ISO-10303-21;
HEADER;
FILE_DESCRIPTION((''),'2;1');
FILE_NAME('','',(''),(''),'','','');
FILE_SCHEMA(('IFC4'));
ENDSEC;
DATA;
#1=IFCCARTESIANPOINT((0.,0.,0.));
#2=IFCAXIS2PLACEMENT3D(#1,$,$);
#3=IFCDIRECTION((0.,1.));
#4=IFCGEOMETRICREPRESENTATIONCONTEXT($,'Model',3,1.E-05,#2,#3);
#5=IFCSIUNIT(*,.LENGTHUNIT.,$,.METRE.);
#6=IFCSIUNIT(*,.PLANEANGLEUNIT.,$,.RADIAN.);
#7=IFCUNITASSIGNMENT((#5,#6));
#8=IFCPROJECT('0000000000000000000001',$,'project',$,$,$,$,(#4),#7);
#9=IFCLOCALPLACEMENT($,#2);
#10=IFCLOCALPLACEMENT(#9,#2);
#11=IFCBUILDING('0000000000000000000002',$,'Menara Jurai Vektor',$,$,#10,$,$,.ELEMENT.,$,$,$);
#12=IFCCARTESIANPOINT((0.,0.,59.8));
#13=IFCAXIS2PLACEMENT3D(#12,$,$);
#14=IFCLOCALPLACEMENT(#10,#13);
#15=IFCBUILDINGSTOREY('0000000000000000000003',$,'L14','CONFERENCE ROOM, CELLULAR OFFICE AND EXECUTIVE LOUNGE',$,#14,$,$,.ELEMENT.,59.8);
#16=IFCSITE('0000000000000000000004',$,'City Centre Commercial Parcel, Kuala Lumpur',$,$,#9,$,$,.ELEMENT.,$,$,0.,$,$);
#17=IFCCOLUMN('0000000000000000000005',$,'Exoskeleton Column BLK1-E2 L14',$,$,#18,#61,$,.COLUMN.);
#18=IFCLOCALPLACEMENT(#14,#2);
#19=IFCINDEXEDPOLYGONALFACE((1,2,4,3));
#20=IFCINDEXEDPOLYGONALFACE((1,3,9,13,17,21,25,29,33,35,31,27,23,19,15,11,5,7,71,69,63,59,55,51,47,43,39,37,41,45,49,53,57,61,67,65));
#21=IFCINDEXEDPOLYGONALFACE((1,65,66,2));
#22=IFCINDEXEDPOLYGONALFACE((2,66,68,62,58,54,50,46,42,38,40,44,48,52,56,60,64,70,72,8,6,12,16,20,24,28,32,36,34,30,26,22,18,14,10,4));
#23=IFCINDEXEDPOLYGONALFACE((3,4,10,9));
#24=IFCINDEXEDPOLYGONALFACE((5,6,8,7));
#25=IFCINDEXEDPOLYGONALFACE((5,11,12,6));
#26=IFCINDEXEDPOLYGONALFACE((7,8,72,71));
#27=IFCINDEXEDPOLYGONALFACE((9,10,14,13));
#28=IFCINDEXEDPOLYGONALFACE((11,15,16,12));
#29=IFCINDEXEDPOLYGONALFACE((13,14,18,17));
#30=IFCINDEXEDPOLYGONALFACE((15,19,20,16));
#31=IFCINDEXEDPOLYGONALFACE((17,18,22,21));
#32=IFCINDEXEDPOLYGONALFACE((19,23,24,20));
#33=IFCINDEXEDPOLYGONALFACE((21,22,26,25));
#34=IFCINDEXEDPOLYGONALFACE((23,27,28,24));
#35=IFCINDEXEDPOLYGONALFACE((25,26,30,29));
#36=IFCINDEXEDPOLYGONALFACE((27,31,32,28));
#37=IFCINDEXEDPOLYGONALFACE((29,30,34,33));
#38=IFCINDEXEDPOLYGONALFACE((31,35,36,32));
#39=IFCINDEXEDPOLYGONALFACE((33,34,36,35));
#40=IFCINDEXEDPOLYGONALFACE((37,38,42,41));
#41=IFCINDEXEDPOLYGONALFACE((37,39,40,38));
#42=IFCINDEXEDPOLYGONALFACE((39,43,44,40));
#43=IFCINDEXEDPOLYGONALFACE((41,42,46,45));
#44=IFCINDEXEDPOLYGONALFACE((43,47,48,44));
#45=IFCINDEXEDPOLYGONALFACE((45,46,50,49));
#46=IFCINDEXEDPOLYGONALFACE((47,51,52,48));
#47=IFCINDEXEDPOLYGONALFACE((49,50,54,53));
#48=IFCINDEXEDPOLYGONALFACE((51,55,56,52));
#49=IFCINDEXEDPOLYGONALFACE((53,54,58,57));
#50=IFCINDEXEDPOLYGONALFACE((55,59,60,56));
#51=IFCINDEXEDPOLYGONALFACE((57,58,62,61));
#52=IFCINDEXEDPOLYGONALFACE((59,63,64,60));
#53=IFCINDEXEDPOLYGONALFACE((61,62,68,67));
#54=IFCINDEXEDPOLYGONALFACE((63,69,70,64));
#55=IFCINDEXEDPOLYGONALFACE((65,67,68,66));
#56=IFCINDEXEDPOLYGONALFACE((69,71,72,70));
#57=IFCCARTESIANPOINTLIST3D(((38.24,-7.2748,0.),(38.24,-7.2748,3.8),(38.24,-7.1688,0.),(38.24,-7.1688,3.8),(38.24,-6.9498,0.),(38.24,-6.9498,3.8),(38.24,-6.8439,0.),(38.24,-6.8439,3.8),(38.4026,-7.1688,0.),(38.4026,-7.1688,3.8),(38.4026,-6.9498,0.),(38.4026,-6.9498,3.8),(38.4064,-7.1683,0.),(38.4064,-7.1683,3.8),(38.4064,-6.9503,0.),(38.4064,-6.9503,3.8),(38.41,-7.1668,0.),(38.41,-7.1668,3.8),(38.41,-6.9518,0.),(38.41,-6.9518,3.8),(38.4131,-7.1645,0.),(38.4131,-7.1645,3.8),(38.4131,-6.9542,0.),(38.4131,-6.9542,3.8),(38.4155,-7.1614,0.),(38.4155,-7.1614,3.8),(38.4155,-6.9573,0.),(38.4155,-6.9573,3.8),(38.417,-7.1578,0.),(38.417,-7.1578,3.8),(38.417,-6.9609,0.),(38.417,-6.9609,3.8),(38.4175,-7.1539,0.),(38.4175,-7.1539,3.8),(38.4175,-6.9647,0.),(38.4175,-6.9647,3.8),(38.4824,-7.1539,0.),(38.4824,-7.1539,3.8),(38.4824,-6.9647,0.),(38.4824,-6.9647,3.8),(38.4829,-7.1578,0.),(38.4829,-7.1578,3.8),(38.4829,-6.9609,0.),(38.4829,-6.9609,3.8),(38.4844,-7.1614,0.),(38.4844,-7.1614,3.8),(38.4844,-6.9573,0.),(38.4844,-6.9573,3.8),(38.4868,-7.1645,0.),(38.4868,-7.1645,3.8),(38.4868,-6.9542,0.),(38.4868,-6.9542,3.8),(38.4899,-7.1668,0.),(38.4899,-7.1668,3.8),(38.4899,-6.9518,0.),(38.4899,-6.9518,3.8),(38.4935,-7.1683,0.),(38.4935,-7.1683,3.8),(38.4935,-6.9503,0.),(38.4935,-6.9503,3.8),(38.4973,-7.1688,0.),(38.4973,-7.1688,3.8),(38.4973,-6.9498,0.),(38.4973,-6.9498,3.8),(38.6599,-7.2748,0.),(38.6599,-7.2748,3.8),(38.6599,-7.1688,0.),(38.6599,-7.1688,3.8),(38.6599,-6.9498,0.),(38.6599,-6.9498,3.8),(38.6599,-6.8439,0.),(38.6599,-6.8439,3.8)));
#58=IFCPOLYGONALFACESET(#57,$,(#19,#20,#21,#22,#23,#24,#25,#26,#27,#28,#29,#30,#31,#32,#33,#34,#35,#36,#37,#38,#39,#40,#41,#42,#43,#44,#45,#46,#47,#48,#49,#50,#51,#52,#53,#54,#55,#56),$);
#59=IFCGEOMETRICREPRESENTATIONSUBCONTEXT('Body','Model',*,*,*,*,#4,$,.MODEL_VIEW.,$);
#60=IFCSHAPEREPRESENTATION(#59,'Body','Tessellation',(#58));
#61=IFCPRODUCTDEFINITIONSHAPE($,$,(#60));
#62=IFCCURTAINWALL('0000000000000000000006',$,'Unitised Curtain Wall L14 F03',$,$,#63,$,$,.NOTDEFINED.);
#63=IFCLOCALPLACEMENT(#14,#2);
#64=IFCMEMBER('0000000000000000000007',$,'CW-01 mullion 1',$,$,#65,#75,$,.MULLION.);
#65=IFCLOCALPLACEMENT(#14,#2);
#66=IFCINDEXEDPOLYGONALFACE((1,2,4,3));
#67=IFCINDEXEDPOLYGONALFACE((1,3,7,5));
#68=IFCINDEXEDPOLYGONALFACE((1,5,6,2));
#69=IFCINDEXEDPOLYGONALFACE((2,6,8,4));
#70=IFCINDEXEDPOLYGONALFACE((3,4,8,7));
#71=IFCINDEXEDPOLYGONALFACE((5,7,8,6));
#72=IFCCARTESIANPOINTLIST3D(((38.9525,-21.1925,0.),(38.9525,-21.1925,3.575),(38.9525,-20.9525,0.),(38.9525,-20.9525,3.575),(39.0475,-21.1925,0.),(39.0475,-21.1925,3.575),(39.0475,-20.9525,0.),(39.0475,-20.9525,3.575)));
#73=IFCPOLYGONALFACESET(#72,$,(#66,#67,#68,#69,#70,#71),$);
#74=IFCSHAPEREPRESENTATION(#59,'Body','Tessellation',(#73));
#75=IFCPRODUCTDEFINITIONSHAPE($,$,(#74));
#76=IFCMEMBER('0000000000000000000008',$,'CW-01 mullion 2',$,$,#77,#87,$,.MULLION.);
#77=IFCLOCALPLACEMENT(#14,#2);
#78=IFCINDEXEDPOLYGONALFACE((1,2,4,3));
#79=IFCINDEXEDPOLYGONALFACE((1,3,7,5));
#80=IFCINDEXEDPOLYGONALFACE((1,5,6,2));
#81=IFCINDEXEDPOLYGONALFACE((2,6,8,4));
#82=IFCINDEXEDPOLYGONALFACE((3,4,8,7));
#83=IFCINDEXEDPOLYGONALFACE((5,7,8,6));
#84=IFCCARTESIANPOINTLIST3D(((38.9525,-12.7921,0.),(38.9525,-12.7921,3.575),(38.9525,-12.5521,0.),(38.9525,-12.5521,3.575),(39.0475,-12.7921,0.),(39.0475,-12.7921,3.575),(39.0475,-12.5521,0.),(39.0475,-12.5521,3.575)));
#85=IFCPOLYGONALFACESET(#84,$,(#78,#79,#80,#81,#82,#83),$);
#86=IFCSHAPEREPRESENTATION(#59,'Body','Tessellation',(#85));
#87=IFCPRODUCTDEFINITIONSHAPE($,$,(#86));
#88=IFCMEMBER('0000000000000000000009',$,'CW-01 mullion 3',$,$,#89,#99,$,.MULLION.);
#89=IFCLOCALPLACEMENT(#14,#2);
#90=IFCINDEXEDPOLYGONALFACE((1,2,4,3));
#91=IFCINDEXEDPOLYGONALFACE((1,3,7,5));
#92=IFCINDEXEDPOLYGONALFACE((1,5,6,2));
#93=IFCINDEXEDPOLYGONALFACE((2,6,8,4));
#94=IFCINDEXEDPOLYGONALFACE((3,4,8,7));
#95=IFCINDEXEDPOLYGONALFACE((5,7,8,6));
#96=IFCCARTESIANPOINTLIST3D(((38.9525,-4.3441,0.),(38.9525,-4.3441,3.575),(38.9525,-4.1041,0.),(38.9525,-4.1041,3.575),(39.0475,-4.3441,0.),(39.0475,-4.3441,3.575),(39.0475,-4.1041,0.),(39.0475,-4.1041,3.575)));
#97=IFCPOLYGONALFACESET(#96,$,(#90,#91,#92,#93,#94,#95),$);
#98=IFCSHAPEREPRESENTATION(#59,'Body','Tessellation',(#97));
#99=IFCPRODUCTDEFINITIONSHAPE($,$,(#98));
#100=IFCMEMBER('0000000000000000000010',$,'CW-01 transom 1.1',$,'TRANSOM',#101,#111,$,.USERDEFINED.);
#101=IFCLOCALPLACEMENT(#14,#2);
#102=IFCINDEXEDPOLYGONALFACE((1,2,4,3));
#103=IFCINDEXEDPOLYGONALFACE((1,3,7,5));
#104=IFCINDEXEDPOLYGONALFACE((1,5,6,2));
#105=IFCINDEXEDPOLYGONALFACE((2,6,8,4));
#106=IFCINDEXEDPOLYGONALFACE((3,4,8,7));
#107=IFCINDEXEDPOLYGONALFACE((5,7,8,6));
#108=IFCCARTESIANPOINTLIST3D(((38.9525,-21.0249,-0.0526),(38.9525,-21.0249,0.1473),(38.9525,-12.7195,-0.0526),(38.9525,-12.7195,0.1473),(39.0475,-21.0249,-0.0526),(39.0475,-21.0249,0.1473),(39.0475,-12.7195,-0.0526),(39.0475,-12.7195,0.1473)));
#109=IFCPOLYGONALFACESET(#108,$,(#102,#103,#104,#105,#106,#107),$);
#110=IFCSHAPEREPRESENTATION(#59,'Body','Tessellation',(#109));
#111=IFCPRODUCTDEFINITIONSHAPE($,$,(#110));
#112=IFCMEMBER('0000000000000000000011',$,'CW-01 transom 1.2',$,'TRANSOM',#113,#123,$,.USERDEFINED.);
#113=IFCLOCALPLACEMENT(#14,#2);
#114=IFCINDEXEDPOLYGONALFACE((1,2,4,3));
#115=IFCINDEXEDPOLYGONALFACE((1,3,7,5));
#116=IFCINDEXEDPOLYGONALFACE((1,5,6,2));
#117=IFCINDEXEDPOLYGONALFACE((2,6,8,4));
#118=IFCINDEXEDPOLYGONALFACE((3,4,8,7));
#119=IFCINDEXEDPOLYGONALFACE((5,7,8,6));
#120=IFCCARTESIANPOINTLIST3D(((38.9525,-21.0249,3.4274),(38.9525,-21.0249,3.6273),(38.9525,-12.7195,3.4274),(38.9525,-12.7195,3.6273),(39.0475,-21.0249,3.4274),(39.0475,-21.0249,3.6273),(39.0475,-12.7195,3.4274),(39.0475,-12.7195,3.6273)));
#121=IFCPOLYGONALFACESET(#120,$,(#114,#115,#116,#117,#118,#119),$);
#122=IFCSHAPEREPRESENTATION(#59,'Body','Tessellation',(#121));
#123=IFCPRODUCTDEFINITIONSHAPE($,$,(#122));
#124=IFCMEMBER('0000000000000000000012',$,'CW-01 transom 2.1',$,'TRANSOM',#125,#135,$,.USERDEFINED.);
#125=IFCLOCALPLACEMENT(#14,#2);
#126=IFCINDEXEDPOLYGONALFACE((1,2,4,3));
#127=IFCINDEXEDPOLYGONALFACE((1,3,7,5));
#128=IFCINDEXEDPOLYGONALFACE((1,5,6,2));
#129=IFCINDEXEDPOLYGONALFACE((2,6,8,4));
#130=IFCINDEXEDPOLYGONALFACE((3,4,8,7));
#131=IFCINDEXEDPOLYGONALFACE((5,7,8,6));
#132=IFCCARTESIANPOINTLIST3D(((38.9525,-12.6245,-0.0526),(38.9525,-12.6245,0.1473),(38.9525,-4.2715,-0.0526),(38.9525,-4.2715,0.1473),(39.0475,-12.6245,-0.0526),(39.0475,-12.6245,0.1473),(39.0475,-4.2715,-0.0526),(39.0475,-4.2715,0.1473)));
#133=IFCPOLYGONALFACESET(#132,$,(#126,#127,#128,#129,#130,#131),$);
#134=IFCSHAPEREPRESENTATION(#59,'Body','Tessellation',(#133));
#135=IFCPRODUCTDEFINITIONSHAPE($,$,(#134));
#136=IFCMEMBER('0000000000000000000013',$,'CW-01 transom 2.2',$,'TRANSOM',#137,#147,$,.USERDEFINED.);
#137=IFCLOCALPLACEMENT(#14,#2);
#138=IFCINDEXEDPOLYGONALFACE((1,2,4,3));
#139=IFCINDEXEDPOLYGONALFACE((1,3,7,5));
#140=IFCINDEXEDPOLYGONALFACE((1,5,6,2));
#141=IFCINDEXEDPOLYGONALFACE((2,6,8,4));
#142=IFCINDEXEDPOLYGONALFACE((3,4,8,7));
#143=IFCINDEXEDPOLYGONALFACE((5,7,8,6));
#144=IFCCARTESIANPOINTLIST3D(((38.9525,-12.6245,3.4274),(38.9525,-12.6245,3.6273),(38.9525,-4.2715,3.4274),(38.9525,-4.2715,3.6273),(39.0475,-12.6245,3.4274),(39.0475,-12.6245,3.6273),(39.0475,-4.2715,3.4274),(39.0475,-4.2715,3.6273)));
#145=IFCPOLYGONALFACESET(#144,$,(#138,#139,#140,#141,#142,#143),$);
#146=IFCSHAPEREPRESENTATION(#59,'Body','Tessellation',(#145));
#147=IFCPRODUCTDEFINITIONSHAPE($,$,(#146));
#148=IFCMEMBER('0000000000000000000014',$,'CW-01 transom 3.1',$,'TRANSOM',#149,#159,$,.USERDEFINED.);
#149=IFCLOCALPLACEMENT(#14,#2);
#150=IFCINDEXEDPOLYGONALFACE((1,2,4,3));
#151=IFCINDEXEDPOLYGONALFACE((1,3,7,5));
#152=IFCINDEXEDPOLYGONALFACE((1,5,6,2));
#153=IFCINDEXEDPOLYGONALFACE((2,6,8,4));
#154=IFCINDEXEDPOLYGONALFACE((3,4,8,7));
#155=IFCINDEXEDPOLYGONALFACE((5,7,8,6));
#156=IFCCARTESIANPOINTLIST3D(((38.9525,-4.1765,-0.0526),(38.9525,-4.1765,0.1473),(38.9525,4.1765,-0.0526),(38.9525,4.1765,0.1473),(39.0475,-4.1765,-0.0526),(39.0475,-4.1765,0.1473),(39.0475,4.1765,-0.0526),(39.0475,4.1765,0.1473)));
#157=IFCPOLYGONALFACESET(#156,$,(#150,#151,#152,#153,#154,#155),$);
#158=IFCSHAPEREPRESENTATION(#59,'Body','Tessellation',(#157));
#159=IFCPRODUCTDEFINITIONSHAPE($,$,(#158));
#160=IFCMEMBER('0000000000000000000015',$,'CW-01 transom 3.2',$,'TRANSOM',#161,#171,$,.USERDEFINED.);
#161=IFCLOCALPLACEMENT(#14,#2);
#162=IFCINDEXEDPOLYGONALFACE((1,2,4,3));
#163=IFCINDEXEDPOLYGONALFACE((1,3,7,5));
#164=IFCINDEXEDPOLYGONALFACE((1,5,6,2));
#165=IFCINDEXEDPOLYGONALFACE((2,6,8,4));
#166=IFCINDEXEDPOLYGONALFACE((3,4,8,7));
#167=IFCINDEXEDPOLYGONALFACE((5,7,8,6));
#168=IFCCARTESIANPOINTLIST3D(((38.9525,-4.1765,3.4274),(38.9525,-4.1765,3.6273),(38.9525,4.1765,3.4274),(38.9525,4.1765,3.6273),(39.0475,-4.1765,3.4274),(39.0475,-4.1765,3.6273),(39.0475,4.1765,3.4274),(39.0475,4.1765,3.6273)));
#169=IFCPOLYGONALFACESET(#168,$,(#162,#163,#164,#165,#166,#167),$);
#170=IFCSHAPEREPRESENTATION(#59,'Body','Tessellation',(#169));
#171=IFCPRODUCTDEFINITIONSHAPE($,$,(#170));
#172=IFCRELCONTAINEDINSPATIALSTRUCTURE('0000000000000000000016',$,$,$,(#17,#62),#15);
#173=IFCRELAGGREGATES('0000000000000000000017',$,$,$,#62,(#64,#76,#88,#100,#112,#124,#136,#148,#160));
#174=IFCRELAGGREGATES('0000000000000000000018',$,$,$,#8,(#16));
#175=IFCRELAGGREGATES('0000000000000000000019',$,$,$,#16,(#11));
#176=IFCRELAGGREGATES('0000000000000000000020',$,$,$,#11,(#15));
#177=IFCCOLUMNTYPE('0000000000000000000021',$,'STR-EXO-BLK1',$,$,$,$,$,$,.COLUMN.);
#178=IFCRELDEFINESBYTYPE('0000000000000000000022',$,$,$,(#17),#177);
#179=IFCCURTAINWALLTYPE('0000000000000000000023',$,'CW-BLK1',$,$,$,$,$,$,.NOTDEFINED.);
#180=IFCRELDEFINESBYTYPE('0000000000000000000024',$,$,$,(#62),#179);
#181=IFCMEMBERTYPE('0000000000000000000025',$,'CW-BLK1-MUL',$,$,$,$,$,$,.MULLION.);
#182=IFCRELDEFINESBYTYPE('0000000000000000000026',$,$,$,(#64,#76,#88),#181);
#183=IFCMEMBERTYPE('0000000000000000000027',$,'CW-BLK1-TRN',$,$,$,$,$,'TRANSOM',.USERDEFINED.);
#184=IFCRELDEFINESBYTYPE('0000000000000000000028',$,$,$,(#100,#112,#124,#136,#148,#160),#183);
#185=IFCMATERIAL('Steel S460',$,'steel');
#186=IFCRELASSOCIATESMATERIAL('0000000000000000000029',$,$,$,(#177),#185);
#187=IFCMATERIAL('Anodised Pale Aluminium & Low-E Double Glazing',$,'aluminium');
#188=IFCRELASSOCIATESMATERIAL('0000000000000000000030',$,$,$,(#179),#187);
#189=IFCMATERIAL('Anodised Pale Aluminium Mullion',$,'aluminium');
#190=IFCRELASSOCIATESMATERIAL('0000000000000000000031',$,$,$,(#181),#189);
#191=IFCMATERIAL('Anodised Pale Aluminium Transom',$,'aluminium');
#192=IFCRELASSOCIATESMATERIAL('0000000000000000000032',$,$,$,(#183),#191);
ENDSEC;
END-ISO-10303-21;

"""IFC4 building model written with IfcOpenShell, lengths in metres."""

from ifc_helpers import new_model, si_unit, direction, frame, origin, origin_2d, place, context, subcontext, project, spatial, rectangle, i_section, extrude, material, material_profile, profile_set, type_object, element, aggregate, save


model = new_model("IFC4")

# Units and contexts
model_context = context("Model", 3, precision=1e-05, world=origin(), true_north=direction((0.0, 1.0)))
body_context = subcontext(model_context, "Body", "Model", "MODEL_VIEW")
ifc_project = project(units=[si_unit("LENGTHUNIT", "METRE"), si_unit("PLANEANGLEUNIT", "RADIAN")], contexts=[model_context])

# Site, building, storey
site_placement = place(None, origin())
site = spatial("IfcSite", under=ifc_project, at=site_placement, Name="City Centre Commercial Parcel, Kuala Lumpur", CompositionType="ELEMENT", RefElevation=0.0)
building_placement = place(site_placement, origin())
building = spatial("IfcBuilding", under=site, at=building_placement, Name="Menara Jurai Vektor", CompositionType="ELEMENT")
storey_placement = place(building_placement, frame((0.0, 0.0, 59.8)))
storey = spatial("IfcBuildingStorey", under=building, at=storey_placement, Name="L14", Description="CONFERENCE ROOM, CELLULAR OFFICE AND EXECUTIVE LOUNGE", CompositionType="ELEMENT", Elevation=59.8)

# Column
ifc_material_1 = material(Name="Steel S460", Category="steel")
ifc_material_profile_1 = material_profile(ifc_material_1, i_section(OverallWidth=0.4199, OverallDepth=0.4309, WebThickness=0.0649, FlangeThickness=0.106, FilletRadius=0.0149, at=origin_2d()), Name="HD 400x900")
ifc_profile_set_1 = profile_set([ifc_material_profile_1], Name="Steel S460")
column_type = type_object("IfcColumnType", Name="STR-EXO-BLK1", PredefinedType="COLUMN", material=ifc_profile_set_1)
column_placement = place(storey_placement, frame((38.45, -7.0593, 0.0), z_axis=(0.0, 0.0, 1.0), x_axis=(1.0, 0.0, 0.0)))
element("IfcColumn", 1, at=column_placement, inside=storey, type_object=column_type, Name="Exoskeleton Column BLK1-E2 L14", PredefinedType="COLUMN", context=body_context, shape_type="SweptSolid", body=[
    extrude(i_section(OverallWidth=0.4199, OverallDepth=0.4309, WebThickness=0.0649, FlangeThickness=0.106, FilletRadius=0.0149, at=origin_2d()), origin(), (0.0, 0.0, 1.0), 3.8),
])

# Curtain wall, members
ifc_material_2 = material(Name="Anodised Pale Aluminium & Low-E Double Glazing", Category="aluminium")
curtain_wall_type = type_object("IfcCurtainWallType", Name="CW-BLK1", PredefinedType="NOTDEFINED", material=ifc_material_2)
curtain_wall_placement = place(storey_placement, origin())
curtain_wall = element("IfcCurtainWall", 2, at=curtain_wall_placement, inside=storey, type_object=curtain_wall_type, Name="Unitised Curtain Wall L14 F03", PredefinedType="NOTDEFINED")
ifc_material_3 = material(Name="Anodised Pale Aluminium Mullion", Category="aluminium")
ifc_material_profile_2 = material_profile(ifc_material_3, rectangle(XDim=0.095, YDim=0.24, at=origin_2d()), Name="ALU MUL 95x240")
ifc_profile_set_2 = profile_set([ifc_material_profile_2], Name="Anodised Pale Aluminium Mullion")
member_type_1 = type_object("IfcMemberType", Name="CW-BLK1-MUL", PredefinedType="MULLION", material=ifc_profile_set_2)
member_1_placement = place(storey_placement, frame((39.0, -21.0725, 0.0), z_axis=(0.0, 0.0, 1.0), x_axis=(-1.0, 0.0, 0.0)))
member_1 = element("IfcMember", 3, at=member_1_placement, type_object=member_type_1, Name="CW-01 mullion 1", PredefinedType="MULLION", context=body_context, shape_type="SweptSolid", body=[
    extrude(rectangle(XDim=0.095, YDim=0.24, at=origin_2d()), origin(), (0.0, 0.0, 1.0), 3.575),
])
member_2_placement = place(storey_placement, frame((39.0, -12.6721, 0.0), z_axis=(0.0, 0.0, 1.0), x_axis=(-1.0, 0.0, 0.0)))
member_2 = element("IfcMember", 4, at=member_2_placement, type_object=member_type_1, Name="CW-01 mullion 2", PredefinedType="MULLION", context=body_context, shape_type="SweptSolid", body=[
    extrude(rectangle(XDim=0.095, YDim=0.24, at=origin_2d()), origin(), (0.0, 0.0, 1.0), 3.575),
])
member_3_placement = place(storey_placement, frame((39.0, -4.2241, 0.0), z_axis=(0.0, 0.0, 1.0), x_axis=(-1.0, 0.0, 0.0)))
member_3 = element("IfcMember", 5, at=member_3_placement, type_object=member_type_1, Name="CW-01 mullion 3", PredefinedType="MULLION", context=body_context, shape_type="SweptSolid", body=[
    extrude(rectangle(XDim=0.095, YDim=0.24, at=origin_2d()), origin(), (0.0, 0.0, 1.0), 3.575),
])
ifc_material_4 = material(Name="Anodised Pale Aluminium Transom", Category="aluminium")
ifc_material_profile_3 = material_profile(ifc_material_4, rectangle(XDim=0.095, YDim=0.2, at=origin_2d()), Name="ALU TRN 95x200")
ifc_profile_set_3 = profile_set([ifc_material_profile_3], Name="Anodised Pale Aluminium Transom")
member_type_2 = type_object("IfcMemberType", Name="CW-BLK1-TRN", ElementType="TRANSOM", PredefinedType="USERDEFINED", material=ifc_profile_set_3)
member_4_placement = place(storey_placement, frame((39.0, -21.0249, 0.0474), z_axis=(0.0, 1.0, 0.0), x_axis=(-1.0, 0.0, 0.0)))
member_4 = element("IfcMember", 6, at=member_4_placement, type_object=member_type_2, Name="CW-01 transom 1.1", ObjectType="TRANSOM", PredefinedType="USERDEFINED", context=body_context, shape_type="SweptSolid", body=[
    extrude(rectangle(XDim=0.095, YDim=0.2, at=origin_2d()), origin(), (0.0, 0.0, 1.0), 8.3054),
])
member_5_placement = place(storey_placement, frame((39.0, -21.0249, 3.5273), z_axis=(0.0, 1.0, 0.0), x_axis=(-1.0, 0.0, 0.0)))
member_5 = element("IfcMember", 7, at=member_5_placement, type_object=member_type_2, Name="CW-01 transom 1.2", ObjectType="TRANSOM", PredefinedType="USERDEFINED", context=body_context, shape_type="SweptSolid", body=[
    extrude(rectangle(XDim=0.095, YDim=0.2, at=origin_2d()), origin(), (0.0, 0.0, 1.0), 8.3054),
])
member_6_placement = place(storey_placement, frame((39.0, -12.6245, 0.0474), z_axis=(0.0, 1.0, 0.0), x_axis=(-1.0, 0.0, 0.0)))
member_6 = element("IfcMember", 8, at=member_6_placement, type_object=member_type_2, Name="CW-01 transom 2.1", ObjectType="TRANSOM", PredefinedType="USERDEFINED", context=body_context, shape_type="SweptSolid", body=[
    extrude(rectangle(XDim=0.095, YDim=0.2, at=origin_2d()), origin(), (0.0, 0.0, 1.0), 8.353),
])
member_7_placement = place(storey_placement, frame((39.0, -12.6245, 3.5273), z_axis=(0.0, 1.0, 0.0), x_axis=(-1.0, 0.0, 0.0)))
member_7 = element("IfcMember", 9, at=member_7_placement, type_object=member_type_2, Name="CW-01 transom 2.2", ObjectType="TRANSOM", PredefinedType="USERDEFINED", context=body_context, shape_type="SweptSolid", body=[
    extrude(rectangle(XDim=0.095, YDim=0.2, at=origin_2d()), origin(), (0.0, 0.0, 1.0), 8.353),
])
member_8_placement = place(storey_placement, frame((39.0, -4.1765, 0.0474), z_axis=(0.0, 1.0, 0.0), x_axis=(-1.0, 0.0, 0.0)))
member_8 = element("IfcMember", 10, at=member_8_placement, type_object=member_type_2, Name="CW-01 transom 3.1", ObjectType="TRANSOM", PredefinedType="USERDEFINED", context=body_context, shape_type="SweptSolid", body=[
    extrude(rectangle(XDim=0.095, YDim=0.2, at=origin_2d()), origin(), (0.0, 0.0, 1.0), 8.353),
])
member_9_placement = place(storey_placement, frame((39.0, -4.1765, 3.5273), z_axis=(0.0, 1.0, 0.0), x_axis=(-1.0, 0.0, 0.0)))
member_9 = element("IfcMember", 11, at=member_9_placement, type_object=member_type_2, Name="CW-01 transom 3.2", ObjectType="TRANSOM", PredefinedType="USERDEFINED", context=body_context, shape_type="SweptSolid", body=[
    extrude(rectangle(XDim=0.095, YDim=0.2, at=origin_2d()), origin(), (0.0, 0.0, 1.0), 8.353),
])

aggregate(curtain_wall, [member_1, member_2, member_3, member_4, member_5, member_6, member_7, member_8, member_9])

save(model, "model.ifc")
